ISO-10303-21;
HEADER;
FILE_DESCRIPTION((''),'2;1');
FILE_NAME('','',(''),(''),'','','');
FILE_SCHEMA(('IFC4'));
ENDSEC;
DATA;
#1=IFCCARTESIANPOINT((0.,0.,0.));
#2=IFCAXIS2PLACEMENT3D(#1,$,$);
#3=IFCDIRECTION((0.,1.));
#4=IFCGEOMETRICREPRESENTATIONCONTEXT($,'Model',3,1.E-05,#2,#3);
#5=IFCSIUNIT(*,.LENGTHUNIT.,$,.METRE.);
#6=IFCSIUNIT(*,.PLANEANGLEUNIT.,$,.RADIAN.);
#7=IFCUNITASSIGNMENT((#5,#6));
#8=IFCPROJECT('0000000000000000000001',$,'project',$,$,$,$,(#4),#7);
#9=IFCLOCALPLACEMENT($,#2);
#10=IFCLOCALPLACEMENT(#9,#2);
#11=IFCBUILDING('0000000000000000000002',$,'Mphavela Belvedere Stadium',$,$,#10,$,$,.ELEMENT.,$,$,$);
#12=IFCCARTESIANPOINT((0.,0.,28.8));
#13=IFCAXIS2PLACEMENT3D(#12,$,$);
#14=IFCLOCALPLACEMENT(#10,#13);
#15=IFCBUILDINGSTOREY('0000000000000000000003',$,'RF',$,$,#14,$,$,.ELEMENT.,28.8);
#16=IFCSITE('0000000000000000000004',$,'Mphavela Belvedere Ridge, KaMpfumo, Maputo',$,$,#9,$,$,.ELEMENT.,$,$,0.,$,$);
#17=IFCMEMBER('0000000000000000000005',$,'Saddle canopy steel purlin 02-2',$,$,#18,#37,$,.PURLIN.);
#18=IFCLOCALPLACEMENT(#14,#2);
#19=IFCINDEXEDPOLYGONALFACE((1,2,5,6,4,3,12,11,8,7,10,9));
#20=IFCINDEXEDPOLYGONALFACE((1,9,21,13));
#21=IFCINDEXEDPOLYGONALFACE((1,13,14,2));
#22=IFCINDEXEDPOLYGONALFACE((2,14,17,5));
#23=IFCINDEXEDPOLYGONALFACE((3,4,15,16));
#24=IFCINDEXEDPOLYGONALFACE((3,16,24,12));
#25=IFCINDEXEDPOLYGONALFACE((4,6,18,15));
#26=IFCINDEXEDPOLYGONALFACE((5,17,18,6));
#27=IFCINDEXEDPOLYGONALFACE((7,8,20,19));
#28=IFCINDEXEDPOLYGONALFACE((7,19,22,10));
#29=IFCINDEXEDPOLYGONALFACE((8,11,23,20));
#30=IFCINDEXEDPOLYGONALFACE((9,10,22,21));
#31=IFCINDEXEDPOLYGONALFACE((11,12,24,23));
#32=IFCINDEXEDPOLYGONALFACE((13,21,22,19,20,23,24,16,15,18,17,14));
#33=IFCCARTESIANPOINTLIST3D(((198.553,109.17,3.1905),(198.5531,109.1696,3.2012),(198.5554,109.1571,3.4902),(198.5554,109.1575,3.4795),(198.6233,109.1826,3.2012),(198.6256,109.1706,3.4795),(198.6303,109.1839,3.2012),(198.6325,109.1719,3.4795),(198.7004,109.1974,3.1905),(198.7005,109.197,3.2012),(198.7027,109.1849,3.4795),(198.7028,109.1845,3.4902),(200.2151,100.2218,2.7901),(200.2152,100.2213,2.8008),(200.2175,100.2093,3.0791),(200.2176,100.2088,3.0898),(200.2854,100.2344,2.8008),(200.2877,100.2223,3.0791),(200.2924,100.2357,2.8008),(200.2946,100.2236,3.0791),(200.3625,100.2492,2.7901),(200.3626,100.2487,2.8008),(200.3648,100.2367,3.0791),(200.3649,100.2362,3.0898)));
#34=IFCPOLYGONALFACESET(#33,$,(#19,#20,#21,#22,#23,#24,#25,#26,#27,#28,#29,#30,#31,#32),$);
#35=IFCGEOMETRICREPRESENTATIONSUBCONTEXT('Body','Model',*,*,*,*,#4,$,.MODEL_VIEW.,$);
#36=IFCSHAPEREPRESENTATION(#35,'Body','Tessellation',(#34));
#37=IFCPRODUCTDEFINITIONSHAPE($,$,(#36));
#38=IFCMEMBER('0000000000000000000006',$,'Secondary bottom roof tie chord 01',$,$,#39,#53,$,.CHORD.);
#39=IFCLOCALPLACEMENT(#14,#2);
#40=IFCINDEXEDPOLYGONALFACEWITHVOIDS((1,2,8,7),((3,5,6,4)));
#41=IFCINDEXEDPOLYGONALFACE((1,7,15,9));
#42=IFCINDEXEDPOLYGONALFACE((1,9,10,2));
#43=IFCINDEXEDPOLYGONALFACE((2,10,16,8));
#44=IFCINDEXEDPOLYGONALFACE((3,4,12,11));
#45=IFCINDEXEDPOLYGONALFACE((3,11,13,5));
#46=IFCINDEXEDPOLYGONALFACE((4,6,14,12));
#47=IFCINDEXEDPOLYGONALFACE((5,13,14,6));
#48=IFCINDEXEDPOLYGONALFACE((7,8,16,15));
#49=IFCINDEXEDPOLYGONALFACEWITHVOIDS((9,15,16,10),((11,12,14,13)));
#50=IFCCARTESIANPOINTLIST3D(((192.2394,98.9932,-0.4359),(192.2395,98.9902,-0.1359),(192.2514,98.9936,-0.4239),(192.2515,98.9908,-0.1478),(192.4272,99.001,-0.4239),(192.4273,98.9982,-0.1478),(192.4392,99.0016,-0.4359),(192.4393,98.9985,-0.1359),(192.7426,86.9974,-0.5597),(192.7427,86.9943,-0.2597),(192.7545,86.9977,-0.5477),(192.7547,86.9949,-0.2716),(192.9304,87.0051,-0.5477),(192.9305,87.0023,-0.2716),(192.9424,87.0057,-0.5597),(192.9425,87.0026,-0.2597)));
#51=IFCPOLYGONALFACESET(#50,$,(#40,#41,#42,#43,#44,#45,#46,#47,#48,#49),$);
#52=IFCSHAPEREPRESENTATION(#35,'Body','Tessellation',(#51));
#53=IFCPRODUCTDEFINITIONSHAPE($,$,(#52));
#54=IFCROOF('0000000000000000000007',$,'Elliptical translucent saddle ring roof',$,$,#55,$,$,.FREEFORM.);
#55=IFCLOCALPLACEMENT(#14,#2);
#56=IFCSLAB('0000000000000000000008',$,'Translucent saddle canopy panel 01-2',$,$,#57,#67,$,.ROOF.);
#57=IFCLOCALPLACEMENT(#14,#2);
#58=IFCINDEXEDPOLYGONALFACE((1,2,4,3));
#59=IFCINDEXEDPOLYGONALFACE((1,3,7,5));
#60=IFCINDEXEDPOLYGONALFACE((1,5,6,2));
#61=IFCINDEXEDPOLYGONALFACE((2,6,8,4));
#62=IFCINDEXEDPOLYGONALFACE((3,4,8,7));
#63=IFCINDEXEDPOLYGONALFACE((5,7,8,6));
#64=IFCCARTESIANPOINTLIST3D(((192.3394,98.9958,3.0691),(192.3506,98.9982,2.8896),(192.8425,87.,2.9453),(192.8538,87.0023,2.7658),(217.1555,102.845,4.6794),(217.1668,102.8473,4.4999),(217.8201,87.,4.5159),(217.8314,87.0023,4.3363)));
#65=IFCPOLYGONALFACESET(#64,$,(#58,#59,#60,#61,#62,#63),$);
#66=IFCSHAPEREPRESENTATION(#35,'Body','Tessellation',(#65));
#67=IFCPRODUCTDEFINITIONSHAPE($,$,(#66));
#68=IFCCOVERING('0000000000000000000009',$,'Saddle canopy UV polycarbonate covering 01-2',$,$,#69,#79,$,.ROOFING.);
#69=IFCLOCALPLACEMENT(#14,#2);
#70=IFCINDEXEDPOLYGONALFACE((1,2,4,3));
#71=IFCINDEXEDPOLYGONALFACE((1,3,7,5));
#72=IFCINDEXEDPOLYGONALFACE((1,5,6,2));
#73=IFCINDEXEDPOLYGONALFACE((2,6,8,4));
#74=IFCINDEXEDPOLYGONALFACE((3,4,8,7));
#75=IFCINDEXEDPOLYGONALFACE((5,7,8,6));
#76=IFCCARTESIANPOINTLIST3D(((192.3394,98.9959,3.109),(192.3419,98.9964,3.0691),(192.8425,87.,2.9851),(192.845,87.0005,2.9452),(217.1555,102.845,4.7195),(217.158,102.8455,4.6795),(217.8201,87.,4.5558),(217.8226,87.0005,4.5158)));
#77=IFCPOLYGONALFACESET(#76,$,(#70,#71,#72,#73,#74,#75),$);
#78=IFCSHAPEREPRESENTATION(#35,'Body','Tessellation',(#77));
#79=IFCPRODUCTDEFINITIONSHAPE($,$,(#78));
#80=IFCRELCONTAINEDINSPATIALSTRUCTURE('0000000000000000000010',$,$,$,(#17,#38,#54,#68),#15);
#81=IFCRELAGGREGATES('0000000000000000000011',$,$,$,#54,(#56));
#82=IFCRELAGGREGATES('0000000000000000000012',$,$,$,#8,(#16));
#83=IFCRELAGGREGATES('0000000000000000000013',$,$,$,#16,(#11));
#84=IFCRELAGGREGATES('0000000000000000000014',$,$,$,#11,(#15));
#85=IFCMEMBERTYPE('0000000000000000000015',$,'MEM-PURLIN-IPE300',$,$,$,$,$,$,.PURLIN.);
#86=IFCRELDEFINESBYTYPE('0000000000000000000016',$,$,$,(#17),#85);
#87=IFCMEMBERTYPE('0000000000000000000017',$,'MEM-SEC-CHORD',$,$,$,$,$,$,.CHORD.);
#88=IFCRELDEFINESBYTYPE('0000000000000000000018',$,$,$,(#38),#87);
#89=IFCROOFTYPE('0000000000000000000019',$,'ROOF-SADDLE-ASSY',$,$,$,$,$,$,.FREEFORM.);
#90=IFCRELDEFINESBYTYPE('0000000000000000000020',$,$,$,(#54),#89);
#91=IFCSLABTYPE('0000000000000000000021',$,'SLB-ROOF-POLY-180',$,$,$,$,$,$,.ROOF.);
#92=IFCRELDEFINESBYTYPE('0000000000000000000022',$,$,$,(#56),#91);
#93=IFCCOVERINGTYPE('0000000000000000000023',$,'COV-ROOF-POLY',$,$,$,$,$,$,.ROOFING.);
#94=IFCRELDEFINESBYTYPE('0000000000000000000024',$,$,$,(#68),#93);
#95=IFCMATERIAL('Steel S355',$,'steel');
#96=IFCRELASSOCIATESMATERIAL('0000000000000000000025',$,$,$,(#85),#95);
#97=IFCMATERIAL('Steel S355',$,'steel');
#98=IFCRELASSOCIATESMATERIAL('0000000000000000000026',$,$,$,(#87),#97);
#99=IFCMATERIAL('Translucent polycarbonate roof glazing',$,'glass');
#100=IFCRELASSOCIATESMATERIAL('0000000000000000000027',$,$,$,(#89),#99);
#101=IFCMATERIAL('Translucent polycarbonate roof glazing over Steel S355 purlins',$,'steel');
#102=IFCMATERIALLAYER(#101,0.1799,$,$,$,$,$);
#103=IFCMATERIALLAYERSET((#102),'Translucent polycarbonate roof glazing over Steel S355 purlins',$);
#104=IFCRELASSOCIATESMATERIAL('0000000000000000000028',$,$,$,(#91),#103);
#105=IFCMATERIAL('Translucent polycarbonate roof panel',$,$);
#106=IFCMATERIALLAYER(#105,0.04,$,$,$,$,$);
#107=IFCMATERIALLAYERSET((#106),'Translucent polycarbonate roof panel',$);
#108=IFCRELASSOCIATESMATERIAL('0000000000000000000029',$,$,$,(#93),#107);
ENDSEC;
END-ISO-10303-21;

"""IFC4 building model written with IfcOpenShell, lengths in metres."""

from ifc_helpers import new_model, si_unit, direction, frame, origin, origin_2d, place, context, subcontext, project, spatial, polyline, hollow_rectangle, i_section, outline, extrude, material, layer, layer_set, material_profile, profile_set, type_object, element, aggregate, save


model = new_model("IFC4")

# Units and contexts
model_context = context("Model", 3, precision=1e-05, world=origin(), true_north=direction((0.0, 1.0)))
body_context = subcontext(model_context, "Body", "Model", "MODEL_VIEW")
ifc_project = project(units=[si_unit("LENGTHUNIT", "METRE"), si_unit("PLANEANGLEUNIT", "RADIAN")], contexts=[model_context])

# Site, building, storey
site_placement = place(None, origin())
site = spatial("IfcSite", under=ifc_project, at=site_placement, Name="Mphavela Belvedere Ridge, KaMpfumo, Maputo", CompositionType="ELEMENT", RefElevation=0.0)
building_placement = place(site_placement, origin())
building = spatial("IfcBuilding", under=site, at=building_placement, Name="Mphavela Belvedere Stadium", CompositionType="ELEMENT")
storey_placement = place(building_placement, frame((0.0, 0.0, 28.8)))
storey = spatial("IfcBuildingStorey", under=building, at=storey_placement, Name="RF", CompositionType="ELEMENT", Elevation=28.8)

# Members
ifc_material_1 = material(Name="Steel S355", Category="steel")
ifc_material_profile_1 = material_profile(ifc_material_1, i_section(OverallWidth=0.1499, OverallDepth=0.3, WebThickness=0.0071, FlangeThickness=0.0107, at=origin_2d()), Name="IPE 300")
ifc_profile_set_1 = profile_set([ifc_material_profile_1], Name="Steel S355")
member_type_1 = type_object("IfcMemberType", Name="MEM-PURLIN-IPE300", PredefinedType="PURLIN", material=ifc_profile_set_1)
member_1_placement = place(storey_placement, frame((200.29, 100.229, 2.9399), z_axis=(-0.182447, 0.982233, 0.04395), x_axis=(-0.983183, -0.182623, 0.0)))
element("IfcMember", 1, at=member_1_placement, inside=storey, type_object=member_type_1, Name="Saddle canopy steel purlin 02-2", PredefinedType="PURLIN", context=body_context, shape_type="SweptSolid", body=[
    extrude(i_section(OverallWidth=0.1499, OverallDepth=0.3, WebThickness=0.0071, FlangeThickness=0.0107, at=origin_2d()), origin(), (0.0, 0.0, 1.0), 9.1101),
])
ifc_material_2 = material(Name="Steel S355", Category="steel")
ifc_material_profile_2 = material_profile(ifc_material_2, hollow_rectangle(XDim=0.2, YDim=0.3, WallThickness=0.012, at=origin_2d()), Name="RHS 300x200x12")
ifc_profile_set_2 = profile_set([ifc_material_profile_2], Name="Steel S355")
member_type_2 = type_object("IfcMemberType", Name="MEM-SEC-CHORD", PredefinedType="CHORD", material=ifc_profile_set_2)
member_2_placement = place(storey_placement, frame((192.8425, 87.0, -0.4097), z_axis=(-0.041907, 0.999068, 0.010309), x_axis=(-0.999121, -0.041909, 0.0)))
element("IfcMember", 2, at=member_2_placement, inside=storey, type_object=member_type_2, Name="Secondary bottom roof tie chord 01", PredefinedType="CHORD", context=body_context, shape_type="SweptSolid", body=[
    extrude(hollow_rectangle(XDim=0.2, YDim=0.3, WallThickness=0.012, at=origin_2d()), origin(), (0.0, 0.0, 1.0), 12.0071),
])

# Roof, slab
ifc_material_3 = material(Name="Translucent polycarbonate roof glazing", Category="glass")
roof_type = type_object("IfcRoofType", Name="ROOF-SADDLE-ASSY", PredefinedType="FREEFORM", material=ifc_material_3)
roof_placement = place(storey_placement, origin())
roof = element("IfcRoof", 3, at=roof_placement, inside=storey, type_object=roof_type, Name="Elliptical translucent saddle ring roof", PredefinedType="FREEFORM")
ifc_material_4 = material(Name="Translucent polycarbonate roof glazing over Steel S355 purlins", Category="steel")
ifc_layer_1 = layer(ifc_material_4, 0.1799)
ifc_layer_set_1 = layer_set([ifc_layer_1], Name="Translucent polycarbonate roof glazing over Steel S355 purlins")
slab_type = type_object("IfcSlabType", Name="SLB-ROOF-POLY-180", PredefinedType="ROOF", material=ifc_layer_set_1)
slab_1_placement = place(storey_placement, frame((192.8425, 87.0, 2.9453), z_axis=(-0.062751, -0.012932, 0.997945), x_axis=(-0.041907, 0.999068, 0.010312)))
slab_1 = element("IfcSlab", 4, at=slab_1_placement, type_object=slab_type, Name="Translucent saddle canopy panel 01-2", PredefinedType="ROOF", context=body_context, shape_type="SweptSolid", body=[
    extrude(outline(polyline([(0.0, 0.0), (12.007, 0.0), (14.8292, -25.0057), (-1.0305, -25.0056), (0.0, 0.0)])), origin(), (0.0, 0.0, -1.0), 0.1799),
])
aggregate(roof, [slab_1])

# Covering
ifc_material_5 = material(Name="Translucent polycarbonate roof panel")
ifc_layer_2 = layer(ifc_material_5, 0.04)
ifc_layer_set_2 = layer_set([ifc_layer_2], Name="Translucent polycarbonate roof panel")
covering_type = type_object("IfcCoveringType", Name="COV-ROOF-POLY", PredefinedType="ROOFING", material=ifc_layer_set_2)
covering_1_placement = place(storey_placement, frame((192.8425, 87.0, 2.9851), z_axis=(-0.062755, -0.012941, 0.997945), x_axis=(-0.041906, 0.999068, 0.01032)))
element("IfcCovering", 5, at=covering_1_placement, inside=storey, type_object=covering_type, Name="Saddle canopy UV polycarbonate covering 01-2", PredefinedType="ROOFING", context=body_context, shape_type="SweptSolid", body=[
    extrude(outline(polyline([(0.0, 0.0), (12.007, 0.0), (14.8292, -25.0057), (-1.0305, -25.0057), (0.0, 0.0)])), origin(), (0.0, 0.0, -1.0), 0.04),
])

save(model, "model.ifc")
